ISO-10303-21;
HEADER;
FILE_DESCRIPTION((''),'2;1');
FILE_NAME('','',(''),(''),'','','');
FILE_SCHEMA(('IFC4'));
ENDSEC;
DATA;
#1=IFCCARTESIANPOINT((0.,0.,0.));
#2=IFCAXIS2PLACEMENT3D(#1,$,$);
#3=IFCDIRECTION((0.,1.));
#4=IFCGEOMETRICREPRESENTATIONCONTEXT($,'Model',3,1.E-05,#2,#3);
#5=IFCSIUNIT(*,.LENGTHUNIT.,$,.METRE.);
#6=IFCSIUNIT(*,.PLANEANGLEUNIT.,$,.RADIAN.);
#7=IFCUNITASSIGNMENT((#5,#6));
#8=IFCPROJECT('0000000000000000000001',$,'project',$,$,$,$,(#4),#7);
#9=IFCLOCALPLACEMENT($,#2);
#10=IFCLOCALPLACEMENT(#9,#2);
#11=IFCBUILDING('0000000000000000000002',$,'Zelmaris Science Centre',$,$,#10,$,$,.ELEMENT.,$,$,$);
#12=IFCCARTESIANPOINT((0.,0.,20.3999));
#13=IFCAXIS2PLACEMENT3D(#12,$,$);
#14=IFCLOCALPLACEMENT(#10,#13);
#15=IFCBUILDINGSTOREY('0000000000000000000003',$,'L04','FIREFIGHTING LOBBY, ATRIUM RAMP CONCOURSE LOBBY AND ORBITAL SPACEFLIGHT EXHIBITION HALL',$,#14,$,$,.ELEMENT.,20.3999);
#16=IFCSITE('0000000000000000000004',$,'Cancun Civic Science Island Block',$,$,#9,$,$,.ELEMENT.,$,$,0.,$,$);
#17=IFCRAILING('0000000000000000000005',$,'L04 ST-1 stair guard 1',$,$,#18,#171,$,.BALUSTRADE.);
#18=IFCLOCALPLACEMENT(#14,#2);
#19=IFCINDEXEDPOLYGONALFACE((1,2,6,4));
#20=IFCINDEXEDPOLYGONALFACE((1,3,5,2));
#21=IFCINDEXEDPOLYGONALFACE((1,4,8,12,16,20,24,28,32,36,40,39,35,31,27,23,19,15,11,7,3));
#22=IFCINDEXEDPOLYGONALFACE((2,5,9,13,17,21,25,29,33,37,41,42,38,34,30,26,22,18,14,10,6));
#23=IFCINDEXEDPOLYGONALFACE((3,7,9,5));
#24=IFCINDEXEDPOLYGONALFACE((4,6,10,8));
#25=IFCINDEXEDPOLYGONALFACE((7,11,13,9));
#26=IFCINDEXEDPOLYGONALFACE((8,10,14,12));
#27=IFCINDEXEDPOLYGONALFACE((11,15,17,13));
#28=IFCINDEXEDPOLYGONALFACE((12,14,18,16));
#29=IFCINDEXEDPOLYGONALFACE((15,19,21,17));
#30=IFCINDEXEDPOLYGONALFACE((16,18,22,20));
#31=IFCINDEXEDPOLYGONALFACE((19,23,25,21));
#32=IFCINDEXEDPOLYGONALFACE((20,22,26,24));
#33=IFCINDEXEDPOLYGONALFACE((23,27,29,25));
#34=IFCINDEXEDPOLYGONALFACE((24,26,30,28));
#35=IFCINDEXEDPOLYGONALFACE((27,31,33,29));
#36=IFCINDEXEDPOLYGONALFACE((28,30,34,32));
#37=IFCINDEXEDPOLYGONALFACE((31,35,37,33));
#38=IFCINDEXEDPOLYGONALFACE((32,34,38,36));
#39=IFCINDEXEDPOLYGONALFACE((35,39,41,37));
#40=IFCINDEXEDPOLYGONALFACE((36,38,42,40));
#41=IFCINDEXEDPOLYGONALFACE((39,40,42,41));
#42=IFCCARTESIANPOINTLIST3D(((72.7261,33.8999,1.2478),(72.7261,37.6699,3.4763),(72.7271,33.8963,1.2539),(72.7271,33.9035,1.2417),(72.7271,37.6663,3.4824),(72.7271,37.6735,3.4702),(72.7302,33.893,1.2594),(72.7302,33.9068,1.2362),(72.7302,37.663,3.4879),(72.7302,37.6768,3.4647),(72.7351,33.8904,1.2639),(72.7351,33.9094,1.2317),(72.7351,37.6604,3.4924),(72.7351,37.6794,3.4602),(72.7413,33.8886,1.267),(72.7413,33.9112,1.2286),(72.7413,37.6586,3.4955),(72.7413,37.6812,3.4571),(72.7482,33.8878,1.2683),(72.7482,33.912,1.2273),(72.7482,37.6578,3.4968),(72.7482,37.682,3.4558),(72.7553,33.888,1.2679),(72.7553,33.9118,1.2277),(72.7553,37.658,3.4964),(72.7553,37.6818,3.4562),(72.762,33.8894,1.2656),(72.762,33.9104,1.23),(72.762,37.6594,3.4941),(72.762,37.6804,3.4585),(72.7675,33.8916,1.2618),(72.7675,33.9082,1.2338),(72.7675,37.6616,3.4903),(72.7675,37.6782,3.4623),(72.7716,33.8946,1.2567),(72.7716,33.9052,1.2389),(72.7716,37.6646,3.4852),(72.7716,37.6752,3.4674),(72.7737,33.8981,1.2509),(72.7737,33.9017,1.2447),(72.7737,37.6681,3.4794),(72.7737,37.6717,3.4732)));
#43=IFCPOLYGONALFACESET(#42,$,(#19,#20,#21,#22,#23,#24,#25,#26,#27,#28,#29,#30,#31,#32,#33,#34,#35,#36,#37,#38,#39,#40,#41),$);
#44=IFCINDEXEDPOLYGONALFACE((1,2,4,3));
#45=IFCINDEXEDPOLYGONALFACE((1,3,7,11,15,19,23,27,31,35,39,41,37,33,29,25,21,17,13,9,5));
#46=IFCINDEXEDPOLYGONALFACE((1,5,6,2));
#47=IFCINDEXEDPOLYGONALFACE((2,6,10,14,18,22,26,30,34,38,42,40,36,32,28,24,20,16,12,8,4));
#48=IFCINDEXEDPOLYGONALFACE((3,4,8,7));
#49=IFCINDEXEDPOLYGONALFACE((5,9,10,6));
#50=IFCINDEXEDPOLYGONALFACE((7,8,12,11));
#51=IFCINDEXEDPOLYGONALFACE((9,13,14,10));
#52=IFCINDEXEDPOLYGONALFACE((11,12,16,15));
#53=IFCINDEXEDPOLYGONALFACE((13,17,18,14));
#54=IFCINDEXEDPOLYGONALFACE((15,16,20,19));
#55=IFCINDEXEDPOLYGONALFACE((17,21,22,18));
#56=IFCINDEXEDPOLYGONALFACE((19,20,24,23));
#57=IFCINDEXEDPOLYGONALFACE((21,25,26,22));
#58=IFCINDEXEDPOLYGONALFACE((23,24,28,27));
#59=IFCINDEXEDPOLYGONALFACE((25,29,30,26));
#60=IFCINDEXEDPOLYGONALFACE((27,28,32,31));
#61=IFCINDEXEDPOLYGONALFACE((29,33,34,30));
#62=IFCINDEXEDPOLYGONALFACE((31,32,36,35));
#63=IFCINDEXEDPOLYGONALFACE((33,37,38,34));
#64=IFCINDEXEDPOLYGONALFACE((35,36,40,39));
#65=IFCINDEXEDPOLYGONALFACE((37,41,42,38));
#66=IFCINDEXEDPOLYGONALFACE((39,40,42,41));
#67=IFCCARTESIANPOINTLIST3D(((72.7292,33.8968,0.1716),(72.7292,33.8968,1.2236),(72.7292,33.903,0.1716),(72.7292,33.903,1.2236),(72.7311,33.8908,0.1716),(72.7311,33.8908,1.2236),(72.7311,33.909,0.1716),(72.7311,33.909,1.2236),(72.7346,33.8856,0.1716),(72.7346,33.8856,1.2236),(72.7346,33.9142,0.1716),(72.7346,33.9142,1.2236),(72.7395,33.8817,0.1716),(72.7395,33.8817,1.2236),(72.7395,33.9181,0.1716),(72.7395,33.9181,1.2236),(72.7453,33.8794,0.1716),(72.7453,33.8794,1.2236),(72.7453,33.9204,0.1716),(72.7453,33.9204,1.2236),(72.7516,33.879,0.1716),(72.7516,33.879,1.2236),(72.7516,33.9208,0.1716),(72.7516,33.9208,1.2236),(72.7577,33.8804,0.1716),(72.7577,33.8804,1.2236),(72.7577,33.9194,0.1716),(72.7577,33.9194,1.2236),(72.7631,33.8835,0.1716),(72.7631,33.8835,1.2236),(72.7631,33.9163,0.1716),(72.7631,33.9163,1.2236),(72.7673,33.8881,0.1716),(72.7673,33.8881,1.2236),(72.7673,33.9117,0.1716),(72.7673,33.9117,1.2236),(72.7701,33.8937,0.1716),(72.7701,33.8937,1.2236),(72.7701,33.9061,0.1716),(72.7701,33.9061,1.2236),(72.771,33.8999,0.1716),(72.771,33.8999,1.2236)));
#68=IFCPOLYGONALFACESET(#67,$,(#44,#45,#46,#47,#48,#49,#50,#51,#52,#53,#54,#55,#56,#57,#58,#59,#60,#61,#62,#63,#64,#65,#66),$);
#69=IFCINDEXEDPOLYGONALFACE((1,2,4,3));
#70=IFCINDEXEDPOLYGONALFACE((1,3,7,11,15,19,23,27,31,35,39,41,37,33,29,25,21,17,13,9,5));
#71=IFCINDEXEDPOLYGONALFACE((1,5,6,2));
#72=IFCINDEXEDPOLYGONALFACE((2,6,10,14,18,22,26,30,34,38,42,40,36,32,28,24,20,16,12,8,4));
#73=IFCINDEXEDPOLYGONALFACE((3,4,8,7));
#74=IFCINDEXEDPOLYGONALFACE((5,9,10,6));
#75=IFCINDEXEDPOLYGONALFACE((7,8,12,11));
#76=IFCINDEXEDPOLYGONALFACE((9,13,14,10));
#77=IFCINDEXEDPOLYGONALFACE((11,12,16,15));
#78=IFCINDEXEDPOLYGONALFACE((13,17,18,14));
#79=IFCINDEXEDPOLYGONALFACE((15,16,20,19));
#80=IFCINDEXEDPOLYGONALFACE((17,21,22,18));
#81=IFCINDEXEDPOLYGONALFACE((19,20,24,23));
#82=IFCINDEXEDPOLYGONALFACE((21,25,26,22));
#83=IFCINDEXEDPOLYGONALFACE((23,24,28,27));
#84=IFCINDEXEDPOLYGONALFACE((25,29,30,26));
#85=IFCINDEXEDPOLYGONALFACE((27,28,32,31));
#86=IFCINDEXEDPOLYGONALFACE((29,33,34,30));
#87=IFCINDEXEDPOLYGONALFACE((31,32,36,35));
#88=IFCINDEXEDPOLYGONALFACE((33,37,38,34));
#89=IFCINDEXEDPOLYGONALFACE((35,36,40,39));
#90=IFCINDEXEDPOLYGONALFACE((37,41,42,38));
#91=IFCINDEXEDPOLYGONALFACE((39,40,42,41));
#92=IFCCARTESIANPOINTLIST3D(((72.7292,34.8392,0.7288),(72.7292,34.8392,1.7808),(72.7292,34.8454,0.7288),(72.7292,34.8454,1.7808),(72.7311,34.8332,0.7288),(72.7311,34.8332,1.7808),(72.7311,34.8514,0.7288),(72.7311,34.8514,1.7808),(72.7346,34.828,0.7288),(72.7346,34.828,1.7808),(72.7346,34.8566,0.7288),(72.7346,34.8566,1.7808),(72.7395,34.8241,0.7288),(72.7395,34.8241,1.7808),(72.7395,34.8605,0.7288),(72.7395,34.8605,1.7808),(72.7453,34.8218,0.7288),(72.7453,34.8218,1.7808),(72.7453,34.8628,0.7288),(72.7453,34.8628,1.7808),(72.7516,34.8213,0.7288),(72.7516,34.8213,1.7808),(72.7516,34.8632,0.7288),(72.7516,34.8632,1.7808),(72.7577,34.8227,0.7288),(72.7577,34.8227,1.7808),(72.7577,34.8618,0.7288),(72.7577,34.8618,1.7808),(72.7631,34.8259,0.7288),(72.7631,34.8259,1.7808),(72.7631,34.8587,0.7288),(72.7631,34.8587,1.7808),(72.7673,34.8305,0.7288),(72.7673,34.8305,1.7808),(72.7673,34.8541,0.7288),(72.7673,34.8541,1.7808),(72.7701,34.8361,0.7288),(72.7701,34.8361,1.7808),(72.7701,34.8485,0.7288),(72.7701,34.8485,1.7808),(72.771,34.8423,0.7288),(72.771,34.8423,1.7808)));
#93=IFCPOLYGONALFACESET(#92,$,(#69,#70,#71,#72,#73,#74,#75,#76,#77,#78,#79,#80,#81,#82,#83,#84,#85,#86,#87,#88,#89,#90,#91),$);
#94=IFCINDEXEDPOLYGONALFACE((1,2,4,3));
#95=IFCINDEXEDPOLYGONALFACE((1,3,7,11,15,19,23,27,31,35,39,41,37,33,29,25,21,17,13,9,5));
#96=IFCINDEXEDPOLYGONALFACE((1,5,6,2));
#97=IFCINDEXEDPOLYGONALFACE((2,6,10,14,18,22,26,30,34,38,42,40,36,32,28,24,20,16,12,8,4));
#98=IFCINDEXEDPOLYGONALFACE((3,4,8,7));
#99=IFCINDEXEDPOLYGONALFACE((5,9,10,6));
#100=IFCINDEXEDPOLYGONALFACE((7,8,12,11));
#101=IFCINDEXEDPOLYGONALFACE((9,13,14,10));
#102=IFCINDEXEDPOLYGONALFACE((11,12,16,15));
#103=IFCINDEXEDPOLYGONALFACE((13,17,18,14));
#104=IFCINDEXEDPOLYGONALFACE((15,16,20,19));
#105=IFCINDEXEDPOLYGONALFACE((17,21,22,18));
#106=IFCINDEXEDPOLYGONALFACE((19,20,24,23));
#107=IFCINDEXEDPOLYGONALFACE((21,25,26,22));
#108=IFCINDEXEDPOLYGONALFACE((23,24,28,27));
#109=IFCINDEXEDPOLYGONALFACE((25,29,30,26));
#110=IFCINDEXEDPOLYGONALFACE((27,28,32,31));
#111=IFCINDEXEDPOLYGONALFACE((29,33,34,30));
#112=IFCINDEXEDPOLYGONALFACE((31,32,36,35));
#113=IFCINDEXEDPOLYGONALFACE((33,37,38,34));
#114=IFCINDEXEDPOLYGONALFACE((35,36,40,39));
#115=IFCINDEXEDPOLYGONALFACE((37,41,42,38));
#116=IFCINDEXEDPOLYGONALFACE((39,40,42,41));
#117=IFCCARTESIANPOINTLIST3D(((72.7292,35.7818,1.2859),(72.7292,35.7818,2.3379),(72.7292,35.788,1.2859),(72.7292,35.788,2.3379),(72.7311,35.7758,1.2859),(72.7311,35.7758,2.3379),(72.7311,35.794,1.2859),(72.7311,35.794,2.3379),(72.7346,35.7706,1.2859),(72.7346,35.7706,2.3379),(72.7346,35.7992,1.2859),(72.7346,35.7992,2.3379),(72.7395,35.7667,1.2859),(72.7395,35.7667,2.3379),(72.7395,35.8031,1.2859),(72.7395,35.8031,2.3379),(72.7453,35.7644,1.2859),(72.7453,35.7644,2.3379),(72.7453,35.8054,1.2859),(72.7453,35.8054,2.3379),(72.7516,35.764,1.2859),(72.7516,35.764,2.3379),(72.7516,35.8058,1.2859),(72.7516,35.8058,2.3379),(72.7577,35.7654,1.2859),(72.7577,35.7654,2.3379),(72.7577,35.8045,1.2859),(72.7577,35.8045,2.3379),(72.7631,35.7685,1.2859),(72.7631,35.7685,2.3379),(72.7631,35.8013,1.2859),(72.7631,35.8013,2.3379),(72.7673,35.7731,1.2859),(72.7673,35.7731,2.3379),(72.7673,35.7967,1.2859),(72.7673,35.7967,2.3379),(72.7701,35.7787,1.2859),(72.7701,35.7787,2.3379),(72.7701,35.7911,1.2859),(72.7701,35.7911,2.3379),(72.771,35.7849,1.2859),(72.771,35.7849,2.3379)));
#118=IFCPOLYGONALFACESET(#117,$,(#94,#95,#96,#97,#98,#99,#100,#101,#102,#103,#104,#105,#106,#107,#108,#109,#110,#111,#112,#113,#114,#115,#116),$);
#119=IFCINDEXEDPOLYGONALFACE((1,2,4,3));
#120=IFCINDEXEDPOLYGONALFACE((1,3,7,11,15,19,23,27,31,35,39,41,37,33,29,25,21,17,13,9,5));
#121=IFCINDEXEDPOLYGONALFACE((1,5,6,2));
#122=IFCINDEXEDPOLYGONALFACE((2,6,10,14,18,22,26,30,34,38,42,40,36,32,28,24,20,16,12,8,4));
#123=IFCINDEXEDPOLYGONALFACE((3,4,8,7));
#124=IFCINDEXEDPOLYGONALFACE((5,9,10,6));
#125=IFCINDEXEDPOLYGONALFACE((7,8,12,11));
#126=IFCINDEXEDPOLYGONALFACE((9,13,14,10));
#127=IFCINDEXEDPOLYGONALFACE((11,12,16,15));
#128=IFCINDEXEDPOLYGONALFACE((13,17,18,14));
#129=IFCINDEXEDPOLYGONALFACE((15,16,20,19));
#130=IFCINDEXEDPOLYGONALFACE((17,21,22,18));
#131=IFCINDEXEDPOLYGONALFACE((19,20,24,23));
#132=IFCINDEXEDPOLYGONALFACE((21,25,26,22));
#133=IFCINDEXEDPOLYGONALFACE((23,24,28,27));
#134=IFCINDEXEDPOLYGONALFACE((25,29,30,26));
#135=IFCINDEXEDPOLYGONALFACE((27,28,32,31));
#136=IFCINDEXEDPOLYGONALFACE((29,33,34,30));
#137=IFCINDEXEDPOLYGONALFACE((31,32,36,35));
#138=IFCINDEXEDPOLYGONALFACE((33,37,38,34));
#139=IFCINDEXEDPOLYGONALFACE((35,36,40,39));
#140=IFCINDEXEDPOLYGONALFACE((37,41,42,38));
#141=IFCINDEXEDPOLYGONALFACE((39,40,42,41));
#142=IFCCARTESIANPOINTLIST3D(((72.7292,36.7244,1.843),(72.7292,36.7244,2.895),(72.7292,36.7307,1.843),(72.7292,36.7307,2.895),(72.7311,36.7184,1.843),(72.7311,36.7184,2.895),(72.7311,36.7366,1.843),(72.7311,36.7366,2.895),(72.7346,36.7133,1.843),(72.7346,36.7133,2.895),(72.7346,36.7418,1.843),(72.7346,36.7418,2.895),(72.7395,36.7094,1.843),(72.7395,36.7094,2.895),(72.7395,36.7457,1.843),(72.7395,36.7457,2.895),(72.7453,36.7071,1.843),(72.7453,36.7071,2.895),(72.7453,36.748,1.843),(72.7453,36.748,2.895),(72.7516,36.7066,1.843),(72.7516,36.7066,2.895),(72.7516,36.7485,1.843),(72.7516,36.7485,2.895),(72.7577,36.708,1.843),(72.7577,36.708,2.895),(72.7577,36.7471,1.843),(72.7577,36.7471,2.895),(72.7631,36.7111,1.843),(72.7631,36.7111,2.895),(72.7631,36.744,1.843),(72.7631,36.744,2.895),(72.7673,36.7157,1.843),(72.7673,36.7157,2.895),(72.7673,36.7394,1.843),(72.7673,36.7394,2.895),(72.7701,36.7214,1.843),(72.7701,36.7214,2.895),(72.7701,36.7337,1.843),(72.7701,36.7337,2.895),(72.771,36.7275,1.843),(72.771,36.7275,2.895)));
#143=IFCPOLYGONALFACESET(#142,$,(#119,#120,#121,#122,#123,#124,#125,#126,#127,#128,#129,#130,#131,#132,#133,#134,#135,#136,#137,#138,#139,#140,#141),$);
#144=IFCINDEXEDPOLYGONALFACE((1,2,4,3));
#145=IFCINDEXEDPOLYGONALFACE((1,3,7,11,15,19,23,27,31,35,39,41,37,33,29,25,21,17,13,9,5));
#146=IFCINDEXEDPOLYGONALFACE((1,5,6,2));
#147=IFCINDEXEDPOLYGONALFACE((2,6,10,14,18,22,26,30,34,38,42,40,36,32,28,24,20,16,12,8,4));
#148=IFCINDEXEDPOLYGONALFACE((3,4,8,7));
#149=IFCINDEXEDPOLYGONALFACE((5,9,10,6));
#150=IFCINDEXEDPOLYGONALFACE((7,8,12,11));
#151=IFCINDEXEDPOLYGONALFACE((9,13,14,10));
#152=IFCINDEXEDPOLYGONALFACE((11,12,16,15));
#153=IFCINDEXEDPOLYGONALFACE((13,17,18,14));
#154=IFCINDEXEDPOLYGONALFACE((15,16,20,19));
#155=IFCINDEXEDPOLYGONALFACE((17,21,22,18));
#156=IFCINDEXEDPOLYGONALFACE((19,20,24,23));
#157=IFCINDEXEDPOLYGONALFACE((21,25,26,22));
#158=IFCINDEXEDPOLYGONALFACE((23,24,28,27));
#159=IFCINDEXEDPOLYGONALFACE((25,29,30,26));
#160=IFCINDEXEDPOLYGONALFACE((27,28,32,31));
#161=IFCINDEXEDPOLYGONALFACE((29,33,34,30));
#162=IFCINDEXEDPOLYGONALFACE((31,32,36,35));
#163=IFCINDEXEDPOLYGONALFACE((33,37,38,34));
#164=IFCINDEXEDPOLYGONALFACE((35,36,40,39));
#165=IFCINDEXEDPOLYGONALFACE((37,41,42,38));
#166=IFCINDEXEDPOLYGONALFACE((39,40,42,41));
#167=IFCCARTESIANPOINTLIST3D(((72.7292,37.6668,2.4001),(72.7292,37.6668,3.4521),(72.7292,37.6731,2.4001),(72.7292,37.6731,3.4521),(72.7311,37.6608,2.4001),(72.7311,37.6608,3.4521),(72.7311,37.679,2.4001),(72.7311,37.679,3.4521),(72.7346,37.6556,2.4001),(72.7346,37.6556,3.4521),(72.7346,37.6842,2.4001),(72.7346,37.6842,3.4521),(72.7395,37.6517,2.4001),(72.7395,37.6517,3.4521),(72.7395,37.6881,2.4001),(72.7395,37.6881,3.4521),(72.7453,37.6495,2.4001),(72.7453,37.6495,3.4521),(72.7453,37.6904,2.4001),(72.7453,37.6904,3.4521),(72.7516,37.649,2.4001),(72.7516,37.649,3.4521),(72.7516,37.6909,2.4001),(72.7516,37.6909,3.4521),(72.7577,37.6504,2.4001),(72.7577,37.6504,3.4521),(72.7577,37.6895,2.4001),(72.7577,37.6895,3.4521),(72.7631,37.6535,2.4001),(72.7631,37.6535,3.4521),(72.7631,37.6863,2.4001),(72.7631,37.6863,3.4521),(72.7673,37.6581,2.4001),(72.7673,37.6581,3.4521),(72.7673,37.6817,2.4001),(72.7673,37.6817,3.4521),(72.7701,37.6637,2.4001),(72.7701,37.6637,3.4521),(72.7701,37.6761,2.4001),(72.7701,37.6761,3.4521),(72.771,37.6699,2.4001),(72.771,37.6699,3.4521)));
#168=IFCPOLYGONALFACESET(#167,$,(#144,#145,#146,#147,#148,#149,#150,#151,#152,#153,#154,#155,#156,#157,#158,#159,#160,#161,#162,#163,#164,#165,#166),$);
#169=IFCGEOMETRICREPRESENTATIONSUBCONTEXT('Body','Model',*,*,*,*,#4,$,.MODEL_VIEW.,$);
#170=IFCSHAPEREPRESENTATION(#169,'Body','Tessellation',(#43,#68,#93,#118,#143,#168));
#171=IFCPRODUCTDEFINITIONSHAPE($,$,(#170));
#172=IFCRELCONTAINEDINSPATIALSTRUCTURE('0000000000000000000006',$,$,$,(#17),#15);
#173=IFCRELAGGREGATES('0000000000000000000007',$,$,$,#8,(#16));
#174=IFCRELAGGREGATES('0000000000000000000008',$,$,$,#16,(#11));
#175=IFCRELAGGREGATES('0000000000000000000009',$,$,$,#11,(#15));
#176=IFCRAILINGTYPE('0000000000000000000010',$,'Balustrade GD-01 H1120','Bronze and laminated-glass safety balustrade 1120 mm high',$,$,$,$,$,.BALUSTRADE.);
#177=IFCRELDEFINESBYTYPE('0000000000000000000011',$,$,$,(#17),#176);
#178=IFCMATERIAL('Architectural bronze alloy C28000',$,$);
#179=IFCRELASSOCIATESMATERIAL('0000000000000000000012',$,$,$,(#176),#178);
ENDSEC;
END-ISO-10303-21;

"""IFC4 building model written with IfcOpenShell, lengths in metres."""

from ifc_helpers import new_model, si_unit, direction, frame, origin, origin_2d, place, context, subcontext, project, spatial, circle, extrude, material, type_object, element, save


model = new_model("IFC4")

# Units and contexts
model_context = context("Model", 3, precision=1e-05, world=origin(), true_north=direction((0.0, 1.0)))
body_context = subcontext(model_context, "Body", "Model", "MODEL_VIEW")
ifc_project = project(units=[si_unit("LENGTHUNIT", "METRE"), si_unit("PLANEANGLEUNIT", "RADIAN")], contexts=[model_context])

# Site, building, storey
site_placement = place(None, origin())
site = spatial("IfcSite", under=ifc_project, at=site_placement, Name="Cancun Civic Science Island Block", CompositionType="ELEMENT", RefElevation=0.0)
building_placement = place(site_placement, origin())
building = spatial("IfcBuilding", under=site, at=building_placement, Name="Zelmaris Science Centre", CompositionType="ELEMENT")
storey_placement = place(building_placement, frame((0.0, 0.0, 20.3999)))
storey = spatial("IfcBuildingStorey", under=building, at=storey_placement, Name="L04", Description="FIREFIGHTING LOBBY, ATRIUM RAMP CONCOURSE LOBBY AND ORBITAL SPACEFLIGHT EXHIBITION HALL", CompositionType="ELEMENT", Elevation=20.3999)

# Railing
ifc_material_1 = material(Name="Architectural bronze alloy C28000")
railing_type_1 = type_object("IfcRailingType", Name="Balustrade GD-01 H1120", Description="Bronze and laminated-glass safety balustrade 1120 mm high", PredefinedType="BALUSTRADE", material=ifc_material_1)
railing_1_placement = place(storey_placement, frame((72.75, 33.8999, 0.1716)))
element("IfcRailing", 1, at=railing_1_placement, inside=storey, type_object=railing_type_1, Name="L04 ST-1 stair guard 1", PredefinedType="BALUSTRADE", context=body_context, shape_type="SweptSolid", body=[
    extrude(circle(Radius=0.0239, at=origin_2d()), frame((0.0, 0.0, 1.0762), z_axis=(0.0, 0.860849, 0.508861), x_axis=(-1.0, 0.0, 0.0)), (0.0, 0.0, 1.0), 4.3794),
    extrude(circle(Radius=0.021, at=origin_2d()), origin(), (0.0, 0.0, 1.0), 1.052),
    extrude(circle(Radius=0.021, at=origin_2d()), frame((0.0, 0.9424, 0.5571)), (0.0, 0.0, 1.0), 1.052),
    extrude(circle(Radius=0.021, at=origin_2d()), frame((0.0, 1.885, 1.1143)), (0.0, 0.0, 1.0), 1.052),
    extrude(circle(Radius=0.021, at=origin_2d()), frame((0.0, 2.8276, 1.6714)), (0.0, 0.0, 1.0), 1.052),
    extrude(circle(Radius=0.021, at=origin_2d()), frame((0.0, 3.77, 2.2285)), (0.0, 0.0, 1.0), 1.052),
])

save(model, "model.ifc")
